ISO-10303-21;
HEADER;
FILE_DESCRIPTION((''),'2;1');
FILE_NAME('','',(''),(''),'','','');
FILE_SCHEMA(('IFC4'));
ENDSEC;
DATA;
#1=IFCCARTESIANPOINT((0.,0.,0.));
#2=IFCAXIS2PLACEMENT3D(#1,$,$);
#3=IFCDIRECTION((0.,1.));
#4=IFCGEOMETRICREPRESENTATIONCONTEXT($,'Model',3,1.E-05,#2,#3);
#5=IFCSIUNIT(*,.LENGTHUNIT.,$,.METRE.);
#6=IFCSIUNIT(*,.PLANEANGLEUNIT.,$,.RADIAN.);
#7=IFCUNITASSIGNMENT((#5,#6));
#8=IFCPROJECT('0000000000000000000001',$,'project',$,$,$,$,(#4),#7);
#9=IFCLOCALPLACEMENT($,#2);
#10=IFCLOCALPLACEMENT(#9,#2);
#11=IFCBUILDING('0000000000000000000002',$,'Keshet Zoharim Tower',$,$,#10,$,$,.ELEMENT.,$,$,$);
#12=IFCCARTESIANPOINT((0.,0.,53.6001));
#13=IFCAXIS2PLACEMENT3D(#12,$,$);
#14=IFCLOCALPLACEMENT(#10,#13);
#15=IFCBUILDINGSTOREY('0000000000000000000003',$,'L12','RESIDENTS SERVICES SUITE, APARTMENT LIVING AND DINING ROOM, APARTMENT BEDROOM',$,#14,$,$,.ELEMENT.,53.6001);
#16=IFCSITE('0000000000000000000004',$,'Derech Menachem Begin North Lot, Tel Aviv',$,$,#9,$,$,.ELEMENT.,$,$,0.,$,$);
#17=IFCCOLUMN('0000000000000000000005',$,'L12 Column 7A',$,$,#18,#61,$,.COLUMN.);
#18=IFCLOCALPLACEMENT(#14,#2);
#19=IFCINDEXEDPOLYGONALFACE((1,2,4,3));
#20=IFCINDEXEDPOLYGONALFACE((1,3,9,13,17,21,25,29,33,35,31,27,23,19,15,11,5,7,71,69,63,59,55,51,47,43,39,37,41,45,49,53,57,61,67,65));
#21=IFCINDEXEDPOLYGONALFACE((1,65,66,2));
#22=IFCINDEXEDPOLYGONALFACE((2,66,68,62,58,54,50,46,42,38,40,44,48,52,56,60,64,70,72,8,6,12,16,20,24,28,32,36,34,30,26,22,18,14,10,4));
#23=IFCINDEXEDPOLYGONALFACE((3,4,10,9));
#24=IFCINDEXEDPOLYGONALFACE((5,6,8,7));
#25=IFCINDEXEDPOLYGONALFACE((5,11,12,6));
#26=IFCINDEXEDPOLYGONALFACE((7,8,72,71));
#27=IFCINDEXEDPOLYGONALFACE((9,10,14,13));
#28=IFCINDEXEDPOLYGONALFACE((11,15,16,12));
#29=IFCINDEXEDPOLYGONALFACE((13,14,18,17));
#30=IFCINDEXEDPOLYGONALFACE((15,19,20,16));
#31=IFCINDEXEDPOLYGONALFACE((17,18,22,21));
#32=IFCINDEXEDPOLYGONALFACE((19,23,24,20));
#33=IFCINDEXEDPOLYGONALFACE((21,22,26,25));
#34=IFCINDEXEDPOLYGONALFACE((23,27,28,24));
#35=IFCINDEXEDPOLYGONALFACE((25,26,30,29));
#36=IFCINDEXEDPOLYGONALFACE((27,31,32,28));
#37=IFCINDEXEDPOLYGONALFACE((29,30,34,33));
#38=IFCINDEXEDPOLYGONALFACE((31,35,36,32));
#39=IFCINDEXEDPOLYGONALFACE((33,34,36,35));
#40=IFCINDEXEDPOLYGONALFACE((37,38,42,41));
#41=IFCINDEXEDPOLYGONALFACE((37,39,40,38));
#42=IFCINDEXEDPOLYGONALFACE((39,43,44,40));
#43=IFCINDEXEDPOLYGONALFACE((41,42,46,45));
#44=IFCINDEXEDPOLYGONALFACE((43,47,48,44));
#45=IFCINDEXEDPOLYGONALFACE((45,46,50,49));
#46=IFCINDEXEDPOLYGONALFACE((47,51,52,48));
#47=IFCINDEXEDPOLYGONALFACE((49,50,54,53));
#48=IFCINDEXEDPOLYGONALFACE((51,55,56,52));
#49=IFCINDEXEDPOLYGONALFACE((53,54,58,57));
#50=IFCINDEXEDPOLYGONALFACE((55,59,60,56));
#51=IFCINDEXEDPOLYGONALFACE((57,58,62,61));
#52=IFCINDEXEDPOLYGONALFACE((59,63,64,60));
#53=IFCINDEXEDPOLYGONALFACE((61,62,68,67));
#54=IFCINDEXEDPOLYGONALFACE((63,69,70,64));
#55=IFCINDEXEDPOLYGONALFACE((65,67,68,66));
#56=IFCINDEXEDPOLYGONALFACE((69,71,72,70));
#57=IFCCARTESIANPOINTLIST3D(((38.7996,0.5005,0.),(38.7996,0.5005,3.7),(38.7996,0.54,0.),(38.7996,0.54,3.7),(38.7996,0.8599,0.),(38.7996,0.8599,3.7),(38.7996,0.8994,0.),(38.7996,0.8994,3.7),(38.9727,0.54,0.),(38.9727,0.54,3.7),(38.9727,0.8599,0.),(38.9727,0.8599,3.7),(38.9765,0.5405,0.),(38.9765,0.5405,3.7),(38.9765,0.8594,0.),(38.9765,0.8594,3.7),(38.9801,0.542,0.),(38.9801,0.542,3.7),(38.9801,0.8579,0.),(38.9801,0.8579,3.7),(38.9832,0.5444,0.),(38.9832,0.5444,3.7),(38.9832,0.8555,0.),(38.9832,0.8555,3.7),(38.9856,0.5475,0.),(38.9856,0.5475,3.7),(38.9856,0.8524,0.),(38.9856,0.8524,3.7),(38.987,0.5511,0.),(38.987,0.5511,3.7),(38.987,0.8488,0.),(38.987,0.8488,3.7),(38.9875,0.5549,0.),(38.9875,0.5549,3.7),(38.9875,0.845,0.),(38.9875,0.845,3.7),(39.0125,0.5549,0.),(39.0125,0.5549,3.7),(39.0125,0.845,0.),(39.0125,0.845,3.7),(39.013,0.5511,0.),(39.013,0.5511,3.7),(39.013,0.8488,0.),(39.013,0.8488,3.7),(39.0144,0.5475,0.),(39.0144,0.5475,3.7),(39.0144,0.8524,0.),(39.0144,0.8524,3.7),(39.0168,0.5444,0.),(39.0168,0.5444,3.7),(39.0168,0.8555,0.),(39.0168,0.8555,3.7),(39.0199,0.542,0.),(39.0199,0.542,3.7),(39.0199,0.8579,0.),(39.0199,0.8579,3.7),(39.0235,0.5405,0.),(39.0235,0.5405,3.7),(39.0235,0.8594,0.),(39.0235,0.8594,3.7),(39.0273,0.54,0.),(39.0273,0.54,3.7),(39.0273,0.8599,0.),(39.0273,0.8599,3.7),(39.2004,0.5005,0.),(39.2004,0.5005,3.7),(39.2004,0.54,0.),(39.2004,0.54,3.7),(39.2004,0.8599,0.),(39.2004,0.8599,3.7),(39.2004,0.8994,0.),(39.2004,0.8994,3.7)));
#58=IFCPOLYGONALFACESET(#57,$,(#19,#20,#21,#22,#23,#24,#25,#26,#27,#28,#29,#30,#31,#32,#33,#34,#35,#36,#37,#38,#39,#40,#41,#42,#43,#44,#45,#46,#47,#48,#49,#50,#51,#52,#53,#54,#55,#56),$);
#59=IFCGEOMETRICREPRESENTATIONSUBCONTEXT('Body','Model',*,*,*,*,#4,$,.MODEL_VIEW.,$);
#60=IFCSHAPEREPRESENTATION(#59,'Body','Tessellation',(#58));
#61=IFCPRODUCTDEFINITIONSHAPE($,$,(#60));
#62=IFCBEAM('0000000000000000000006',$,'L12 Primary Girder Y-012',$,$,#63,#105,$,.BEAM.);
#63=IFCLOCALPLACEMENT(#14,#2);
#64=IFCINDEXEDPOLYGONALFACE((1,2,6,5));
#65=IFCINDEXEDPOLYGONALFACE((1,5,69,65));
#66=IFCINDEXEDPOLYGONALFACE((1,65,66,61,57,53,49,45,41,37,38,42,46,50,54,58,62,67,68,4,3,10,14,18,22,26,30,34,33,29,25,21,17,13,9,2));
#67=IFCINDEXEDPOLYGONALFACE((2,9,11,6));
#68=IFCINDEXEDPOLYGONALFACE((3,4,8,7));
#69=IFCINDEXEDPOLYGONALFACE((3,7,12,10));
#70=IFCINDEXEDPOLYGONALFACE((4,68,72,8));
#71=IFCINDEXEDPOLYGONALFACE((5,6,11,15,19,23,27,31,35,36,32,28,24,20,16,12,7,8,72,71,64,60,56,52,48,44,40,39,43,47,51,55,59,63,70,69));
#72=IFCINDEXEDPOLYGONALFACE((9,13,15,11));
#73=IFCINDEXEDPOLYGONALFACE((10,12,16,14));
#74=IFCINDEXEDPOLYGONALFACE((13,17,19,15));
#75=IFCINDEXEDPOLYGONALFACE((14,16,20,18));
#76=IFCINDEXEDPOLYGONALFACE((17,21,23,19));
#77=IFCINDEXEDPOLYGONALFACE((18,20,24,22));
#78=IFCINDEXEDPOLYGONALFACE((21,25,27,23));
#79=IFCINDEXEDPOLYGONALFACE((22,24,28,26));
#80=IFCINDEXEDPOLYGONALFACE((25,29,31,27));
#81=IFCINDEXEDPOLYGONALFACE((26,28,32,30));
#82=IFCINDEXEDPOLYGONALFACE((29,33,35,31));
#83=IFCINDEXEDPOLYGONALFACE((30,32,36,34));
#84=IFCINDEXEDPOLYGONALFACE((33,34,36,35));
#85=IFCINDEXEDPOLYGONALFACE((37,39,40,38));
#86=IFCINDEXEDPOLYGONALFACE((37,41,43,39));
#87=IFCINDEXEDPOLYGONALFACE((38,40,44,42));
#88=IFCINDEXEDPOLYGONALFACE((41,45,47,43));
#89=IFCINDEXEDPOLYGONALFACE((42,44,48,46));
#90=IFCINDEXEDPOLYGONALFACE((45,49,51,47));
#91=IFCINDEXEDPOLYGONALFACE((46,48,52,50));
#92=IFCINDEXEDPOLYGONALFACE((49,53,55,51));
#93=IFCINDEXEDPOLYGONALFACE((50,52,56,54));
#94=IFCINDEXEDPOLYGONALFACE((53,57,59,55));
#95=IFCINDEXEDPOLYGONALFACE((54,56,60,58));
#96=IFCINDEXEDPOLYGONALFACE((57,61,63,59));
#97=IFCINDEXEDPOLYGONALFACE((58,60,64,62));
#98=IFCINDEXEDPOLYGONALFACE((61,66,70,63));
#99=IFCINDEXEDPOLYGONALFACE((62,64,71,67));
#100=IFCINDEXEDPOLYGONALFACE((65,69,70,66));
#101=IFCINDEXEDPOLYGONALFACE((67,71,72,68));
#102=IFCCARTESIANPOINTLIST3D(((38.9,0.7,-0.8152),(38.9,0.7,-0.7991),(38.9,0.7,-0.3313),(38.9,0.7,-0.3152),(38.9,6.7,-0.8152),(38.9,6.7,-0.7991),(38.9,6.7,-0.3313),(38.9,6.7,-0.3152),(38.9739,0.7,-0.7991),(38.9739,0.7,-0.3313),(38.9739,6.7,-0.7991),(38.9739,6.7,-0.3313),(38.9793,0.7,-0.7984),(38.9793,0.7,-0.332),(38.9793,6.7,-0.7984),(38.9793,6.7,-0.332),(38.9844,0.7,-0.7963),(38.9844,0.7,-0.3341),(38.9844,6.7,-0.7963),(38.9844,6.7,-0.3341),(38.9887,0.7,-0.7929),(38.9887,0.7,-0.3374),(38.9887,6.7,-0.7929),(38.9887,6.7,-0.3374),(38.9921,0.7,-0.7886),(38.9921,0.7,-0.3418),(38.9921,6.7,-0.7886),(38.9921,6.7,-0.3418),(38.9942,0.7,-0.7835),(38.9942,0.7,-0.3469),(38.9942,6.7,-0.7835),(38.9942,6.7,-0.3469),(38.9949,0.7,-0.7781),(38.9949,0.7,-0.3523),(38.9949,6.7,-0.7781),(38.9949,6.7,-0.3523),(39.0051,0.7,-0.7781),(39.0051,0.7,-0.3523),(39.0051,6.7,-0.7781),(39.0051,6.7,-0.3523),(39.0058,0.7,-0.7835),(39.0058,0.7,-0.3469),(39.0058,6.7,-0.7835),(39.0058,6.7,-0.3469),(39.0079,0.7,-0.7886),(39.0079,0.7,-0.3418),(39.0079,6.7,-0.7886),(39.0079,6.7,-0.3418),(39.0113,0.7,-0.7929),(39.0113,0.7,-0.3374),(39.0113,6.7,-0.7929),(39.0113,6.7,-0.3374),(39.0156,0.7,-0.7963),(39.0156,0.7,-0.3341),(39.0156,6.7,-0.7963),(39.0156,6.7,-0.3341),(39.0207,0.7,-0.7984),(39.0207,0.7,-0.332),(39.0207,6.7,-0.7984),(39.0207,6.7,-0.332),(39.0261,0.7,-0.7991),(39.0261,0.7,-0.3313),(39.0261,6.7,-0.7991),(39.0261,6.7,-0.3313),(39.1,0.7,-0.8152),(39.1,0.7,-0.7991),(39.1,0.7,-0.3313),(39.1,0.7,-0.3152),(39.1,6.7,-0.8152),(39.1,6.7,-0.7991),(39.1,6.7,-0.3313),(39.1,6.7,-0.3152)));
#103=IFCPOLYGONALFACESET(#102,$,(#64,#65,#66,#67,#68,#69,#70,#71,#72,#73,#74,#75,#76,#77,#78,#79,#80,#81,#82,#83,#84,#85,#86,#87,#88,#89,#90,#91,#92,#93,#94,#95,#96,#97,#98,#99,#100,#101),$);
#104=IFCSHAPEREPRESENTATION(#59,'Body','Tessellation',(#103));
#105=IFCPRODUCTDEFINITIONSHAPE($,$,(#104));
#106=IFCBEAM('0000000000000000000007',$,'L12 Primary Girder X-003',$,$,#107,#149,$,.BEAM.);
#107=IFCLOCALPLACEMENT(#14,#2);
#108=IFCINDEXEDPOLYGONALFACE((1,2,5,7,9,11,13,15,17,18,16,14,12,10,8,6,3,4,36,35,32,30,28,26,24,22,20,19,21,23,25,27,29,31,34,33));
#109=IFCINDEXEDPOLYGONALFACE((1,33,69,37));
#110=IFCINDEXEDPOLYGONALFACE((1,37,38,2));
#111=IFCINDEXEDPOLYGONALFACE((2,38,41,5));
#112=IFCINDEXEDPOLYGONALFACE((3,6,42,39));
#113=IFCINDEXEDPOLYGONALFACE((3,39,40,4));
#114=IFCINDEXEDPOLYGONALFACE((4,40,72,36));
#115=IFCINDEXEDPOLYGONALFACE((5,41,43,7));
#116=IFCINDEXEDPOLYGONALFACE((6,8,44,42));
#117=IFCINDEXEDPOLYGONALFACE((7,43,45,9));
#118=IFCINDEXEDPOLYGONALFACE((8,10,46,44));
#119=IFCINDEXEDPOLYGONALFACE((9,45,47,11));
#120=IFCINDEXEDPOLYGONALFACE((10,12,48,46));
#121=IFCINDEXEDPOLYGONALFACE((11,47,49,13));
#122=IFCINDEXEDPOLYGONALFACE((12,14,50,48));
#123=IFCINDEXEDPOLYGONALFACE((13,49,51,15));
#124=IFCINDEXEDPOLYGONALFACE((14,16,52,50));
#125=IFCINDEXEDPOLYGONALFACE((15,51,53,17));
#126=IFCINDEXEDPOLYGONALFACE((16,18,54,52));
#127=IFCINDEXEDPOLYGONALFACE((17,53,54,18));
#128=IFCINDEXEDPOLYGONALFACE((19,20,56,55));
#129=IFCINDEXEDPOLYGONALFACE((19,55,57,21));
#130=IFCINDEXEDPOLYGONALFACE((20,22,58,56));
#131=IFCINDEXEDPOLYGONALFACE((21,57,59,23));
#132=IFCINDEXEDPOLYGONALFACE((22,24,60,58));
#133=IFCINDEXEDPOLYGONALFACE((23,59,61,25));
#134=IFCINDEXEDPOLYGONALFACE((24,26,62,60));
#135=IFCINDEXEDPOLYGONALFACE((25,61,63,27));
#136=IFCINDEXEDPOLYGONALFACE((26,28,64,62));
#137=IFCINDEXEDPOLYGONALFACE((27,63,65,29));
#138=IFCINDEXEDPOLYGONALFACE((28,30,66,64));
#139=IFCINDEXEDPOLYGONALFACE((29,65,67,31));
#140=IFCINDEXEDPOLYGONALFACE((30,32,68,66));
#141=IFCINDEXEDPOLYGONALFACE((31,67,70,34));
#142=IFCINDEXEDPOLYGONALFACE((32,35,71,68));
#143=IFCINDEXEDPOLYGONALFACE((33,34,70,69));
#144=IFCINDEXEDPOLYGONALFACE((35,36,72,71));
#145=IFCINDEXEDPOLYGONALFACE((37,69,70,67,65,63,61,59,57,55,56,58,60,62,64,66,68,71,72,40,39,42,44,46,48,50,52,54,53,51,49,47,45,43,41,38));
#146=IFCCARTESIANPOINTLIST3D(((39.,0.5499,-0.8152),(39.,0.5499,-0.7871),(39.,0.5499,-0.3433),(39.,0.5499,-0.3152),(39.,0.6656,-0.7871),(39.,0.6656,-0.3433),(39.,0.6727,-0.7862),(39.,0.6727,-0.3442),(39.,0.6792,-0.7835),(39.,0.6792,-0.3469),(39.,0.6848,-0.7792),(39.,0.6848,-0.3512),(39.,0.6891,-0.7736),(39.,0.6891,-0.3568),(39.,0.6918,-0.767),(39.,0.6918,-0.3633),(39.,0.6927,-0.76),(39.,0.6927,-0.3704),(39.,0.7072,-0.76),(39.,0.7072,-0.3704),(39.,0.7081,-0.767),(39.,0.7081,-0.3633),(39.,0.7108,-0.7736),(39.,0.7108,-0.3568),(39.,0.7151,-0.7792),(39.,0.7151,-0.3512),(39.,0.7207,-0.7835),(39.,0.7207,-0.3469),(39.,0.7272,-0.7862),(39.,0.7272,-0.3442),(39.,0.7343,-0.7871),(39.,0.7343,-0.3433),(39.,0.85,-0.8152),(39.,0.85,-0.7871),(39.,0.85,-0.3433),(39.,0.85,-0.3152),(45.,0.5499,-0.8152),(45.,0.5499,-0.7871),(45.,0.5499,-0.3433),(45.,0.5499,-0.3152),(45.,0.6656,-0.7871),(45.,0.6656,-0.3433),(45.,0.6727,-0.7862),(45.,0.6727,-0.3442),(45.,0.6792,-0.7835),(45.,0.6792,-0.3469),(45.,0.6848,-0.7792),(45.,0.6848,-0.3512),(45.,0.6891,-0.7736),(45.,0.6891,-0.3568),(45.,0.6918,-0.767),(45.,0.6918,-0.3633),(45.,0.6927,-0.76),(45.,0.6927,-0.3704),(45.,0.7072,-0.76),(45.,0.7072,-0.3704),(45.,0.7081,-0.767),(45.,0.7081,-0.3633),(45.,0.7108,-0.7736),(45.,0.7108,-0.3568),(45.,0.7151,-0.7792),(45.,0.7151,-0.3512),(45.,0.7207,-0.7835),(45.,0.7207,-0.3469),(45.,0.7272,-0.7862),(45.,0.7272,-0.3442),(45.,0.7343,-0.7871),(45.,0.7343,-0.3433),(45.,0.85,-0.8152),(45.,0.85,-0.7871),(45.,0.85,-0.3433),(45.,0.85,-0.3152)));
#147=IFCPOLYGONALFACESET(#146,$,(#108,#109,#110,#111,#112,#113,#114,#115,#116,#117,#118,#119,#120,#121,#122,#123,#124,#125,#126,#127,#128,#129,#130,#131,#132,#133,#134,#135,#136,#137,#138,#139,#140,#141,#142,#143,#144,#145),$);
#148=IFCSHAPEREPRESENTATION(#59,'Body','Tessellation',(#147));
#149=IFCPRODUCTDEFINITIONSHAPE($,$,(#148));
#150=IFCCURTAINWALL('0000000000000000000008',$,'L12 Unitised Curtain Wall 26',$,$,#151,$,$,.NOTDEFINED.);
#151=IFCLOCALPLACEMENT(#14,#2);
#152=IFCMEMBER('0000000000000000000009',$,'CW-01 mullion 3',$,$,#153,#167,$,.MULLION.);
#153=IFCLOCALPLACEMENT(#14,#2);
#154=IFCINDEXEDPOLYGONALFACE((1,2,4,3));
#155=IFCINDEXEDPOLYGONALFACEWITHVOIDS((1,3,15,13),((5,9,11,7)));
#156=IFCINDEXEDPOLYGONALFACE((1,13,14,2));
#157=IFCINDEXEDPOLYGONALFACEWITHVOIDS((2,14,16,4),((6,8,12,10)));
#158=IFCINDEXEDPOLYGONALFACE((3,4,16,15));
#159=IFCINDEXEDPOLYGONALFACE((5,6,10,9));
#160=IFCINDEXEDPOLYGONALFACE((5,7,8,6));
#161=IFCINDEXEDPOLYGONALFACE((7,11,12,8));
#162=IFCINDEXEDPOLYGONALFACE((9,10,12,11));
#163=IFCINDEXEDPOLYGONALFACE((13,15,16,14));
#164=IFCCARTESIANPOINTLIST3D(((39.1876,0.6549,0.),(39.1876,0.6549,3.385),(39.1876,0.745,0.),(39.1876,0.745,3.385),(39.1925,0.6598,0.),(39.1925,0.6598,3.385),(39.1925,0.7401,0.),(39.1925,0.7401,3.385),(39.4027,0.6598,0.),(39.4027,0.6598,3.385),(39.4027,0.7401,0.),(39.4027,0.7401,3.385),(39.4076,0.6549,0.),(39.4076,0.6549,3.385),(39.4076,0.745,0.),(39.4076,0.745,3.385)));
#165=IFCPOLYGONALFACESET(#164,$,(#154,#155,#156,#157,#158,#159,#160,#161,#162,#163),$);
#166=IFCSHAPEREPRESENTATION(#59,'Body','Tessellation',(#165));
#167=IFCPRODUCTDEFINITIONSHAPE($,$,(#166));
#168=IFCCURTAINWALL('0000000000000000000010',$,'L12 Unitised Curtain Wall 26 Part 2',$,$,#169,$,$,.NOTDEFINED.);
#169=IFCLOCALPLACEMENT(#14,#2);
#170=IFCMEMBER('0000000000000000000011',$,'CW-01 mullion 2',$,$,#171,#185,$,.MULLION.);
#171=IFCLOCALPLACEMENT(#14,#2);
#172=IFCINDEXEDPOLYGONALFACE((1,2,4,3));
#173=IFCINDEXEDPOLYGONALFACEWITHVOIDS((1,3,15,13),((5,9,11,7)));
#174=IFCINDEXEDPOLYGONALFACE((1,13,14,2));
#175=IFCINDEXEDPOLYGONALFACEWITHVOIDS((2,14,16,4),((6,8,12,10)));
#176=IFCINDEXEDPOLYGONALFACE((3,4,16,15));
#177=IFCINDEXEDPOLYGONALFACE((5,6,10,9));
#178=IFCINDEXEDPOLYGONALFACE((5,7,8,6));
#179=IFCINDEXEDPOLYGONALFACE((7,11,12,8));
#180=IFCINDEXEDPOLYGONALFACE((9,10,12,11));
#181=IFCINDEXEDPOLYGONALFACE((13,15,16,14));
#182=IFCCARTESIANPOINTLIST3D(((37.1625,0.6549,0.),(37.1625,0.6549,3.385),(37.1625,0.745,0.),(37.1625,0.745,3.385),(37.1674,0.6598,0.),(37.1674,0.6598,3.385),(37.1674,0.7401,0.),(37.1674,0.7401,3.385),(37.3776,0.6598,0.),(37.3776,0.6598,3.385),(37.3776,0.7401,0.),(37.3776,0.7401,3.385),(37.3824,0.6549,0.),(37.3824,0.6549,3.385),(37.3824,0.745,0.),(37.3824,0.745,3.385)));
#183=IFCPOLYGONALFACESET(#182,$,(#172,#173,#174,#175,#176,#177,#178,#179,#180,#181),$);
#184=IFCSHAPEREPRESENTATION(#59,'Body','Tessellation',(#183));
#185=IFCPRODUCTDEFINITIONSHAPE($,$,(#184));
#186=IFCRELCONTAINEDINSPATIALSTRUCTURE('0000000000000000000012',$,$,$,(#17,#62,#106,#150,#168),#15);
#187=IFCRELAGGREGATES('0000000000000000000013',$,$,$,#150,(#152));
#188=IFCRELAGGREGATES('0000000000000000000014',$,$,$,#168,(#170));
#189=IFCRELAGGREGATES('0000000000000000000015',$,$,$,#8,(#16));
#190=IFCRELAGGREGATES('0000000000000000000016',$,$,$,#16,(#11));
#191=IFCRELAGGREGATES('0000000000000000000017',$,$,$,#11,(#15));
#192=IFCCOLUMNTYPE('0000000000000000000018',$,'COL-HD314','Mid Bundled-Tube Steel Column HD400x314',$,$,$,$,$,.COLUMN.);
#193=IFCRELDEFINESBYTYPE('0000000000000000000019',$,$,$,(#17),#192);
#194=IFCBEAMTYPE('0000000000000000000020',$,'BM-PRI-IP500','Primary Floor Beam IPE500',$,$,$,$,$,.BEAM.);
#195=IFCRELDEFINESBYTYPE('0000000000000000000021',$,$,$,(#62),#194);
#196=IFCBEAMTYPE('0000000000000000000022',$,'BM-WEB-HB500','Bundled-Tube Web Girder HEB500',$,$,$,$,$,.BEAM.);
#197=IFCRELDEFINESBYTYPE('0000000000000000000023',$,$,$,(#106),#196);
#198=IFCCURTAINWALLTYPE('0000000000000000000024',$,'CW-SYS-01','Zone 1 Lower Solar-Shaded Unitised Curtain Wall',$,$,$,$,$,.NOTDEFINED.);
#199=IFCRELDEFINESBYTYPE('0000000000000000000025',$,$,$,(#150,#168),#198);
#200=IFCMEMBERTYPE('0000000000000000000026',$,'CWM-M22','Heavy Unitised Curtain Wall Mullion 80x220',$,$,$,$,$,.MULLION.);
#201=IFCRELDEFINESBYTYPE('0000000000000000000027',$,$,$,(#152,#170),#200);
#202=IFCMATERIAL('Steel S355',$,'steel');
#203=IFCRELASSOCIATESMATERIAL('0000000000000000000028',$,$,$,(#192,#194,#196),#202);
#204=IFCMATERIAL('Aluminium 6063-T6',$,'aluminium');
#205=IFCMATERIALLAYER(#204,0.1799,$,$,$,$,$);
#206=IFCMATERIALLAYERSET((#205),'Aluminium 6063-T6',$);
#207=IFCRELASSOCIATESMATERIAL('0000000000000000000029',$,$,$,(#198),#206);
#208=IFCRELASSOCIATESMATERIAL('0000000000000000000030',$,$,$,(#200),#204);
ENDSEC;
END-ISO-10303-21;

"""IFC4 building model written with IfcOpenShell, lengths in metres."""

from ifc_helpers import new_model, si_unit, direction, frame, origin, origin_2d, place, context, subcontext, project, spatial, hollow_rectangle, i_section, extrude, material, layer, layer_set, material_profile, profile_set, type_object, element, aggregate, save


model = new_model("IFC4")

# Units and contexts
model_context = context("Model", 3, precision=1e-05, world=origin(), true_north=direction((0.0, 1.0)))
body_context = subcontext(model_context, "Body", "Model", "MODEL_VIEW")
ifc_project = project(units=[si_unit("LENGTHUNIT", "METRE"), si_unit("PLANEANGLEUNIT", "RADIAN")], contexts=[model_context])

# Site, building, storey
site_placement = place(None, origin())
site = spatial("IfcSite", under=ifc_project, at=site_placement, Name="Derech Menachem Begin North Lot, Tel Aviv", CompositionType="ELEMENT", RefElevation=0.0)
building_placement = place(site_placement, origin())
building = spatial("IfcBuilding", under=site, at=building_placement, Name="Keshet Zoharim Tower", CompositionType="ELEMENT")
storey_placement = place(building_placement, frame((0.0, 0.0, 53.6001)))
storey = spatial("IfcBuildingStorey", under=building, at=storey_placement, Name="L12", Description="RESIDENTS SERVICES SUITE, APARTMENT LIVING AND DINING ROOM, APARTMENT BEDROOM", CompositionType="ELEMENT", Elevation=53.6001)

# Column
ifc_material_1 = material(Name="Steel S355", Category="steel")
ifc_material_profile_1 = material_profile(ifc_material_1, i_section(OverallWidth=0.4009, OverallDepth=0.3989, WebThickness=0.0249, FlangeThickness=0.0396, FilletRadius=0.0149, at=origin_2d()), Name="HD400x314")
ifc_profile_set_1 = profile_set([ifc_material_profile_1], Name="Steel S355")
column_type = type_object("IfcColumnType", Name="COL-HD314", Description="Mid Bundled-Tube Steel Column HD400x314", PredefinedType="COLUMN", material=ifc_profile_set_1)
column_placement = place(storey_placement, frame((39.0, 0.7, 0.0), z_axis=(0.0, 0.0, 1.0), x_axis=(1.0, 0.0, 0.0)))
element("IfcColumn", 1, at=column_placement, inside=storey, type_object=column_type, Name="L12 Column 7A", PredefinedType="COLUMN", context=body_context, shape_type="SweptSolid", body=[
    extrude(i_section(OverallWidth=0.4009, OverallDepth=0.3989, WebThickness=0.0249, FlangeThickness=0.0396, FilletRadius=0.0149, at=origin_2d()), origin(), (0.0, 0.0, 1.0), 3.7),
])

# Beams
ifc_material_profile_2 = material_profile(ifc_material_1, i_section(OverallWidth=0.2, OverallDepth=0.5, WebThickness=0.0103, FlangeThickness=0.0161, FilletRadius=0.021, at=origin_2d()), Name="IPE500")
ifc_profile_set_2 = profile_set([ifc_material_profile_2], Name="Steel S355")
beam_type_1 = type_object("IfcBeamType", Name="BM-PRI-IP500", Description="Primary Floor Beam IPE500", PredefinedType="BEAM", material=ifc_profile_set_2)
beam_1_placement = place(storey_placement, frame((39.0, 0.7, -0.5652), z_axis=(0.0, 1.0, 0.0), x_axis=(-1.0, 0.0, 0.0)))
element("IfcBeam", 2, at=beam_1_placement, inside=storey, type_object=beam_type_1, Name="L12 Primary Girder Y-012", PredefinedType="BEAM", context=body_context, shape_type="SweptSolid", body=[
    extrude(i_section(OverallWidth=0.2, OverallDepth=0.5, WebThickness=0.0103, FlangeThickness=0.0161, FilletRadius=0.021, at=origin_2d()), origin(), (0.0, 0.0, 1.0), 6.0),
])
ifc_material_profile_3 = material_profile(ifc_material_1, i_section(OverallWidth=0.3, OverallDepth=0.5, WebThickness=0.0144, FlangeThickness=0.0281, FilletRadius=0.0271, at=origin_2d()), Name="HEB500")
ifc_profile_set_3 = profile_set([ifc_material_profile_3], Name="Steel S355")
beam_type_2 = type_object("IfcBeamType", Name="BM-WEB-HB500", Description="Bundled-Tube Web Girder HEB500", PredefinedType="BEAM", material=ifc_profile_set_3)
beam_2_placement = place(storey_placement, frame((39.0, 0.7, -0.5652), z_axis=(1.0, 0.0, 0.0), x_axis=(0.0, 1.0, 0.0)))
element("IfcBeam", 3, at=beam_2_placement, inside=storey, type_object=beam_type_2, Name="L12 Primary Girder X-003", PredefinedType="BEAM", context=body_context, shape_type="SweptSolid", body=[
    extrude(i_section(OverallWidth=0.3, OverallDepth=0.5, WebThickness=0.0144, FlangeThickness=0.0281, FilletRadius=0.0271, at=origin_2d()), origin(), (0.0, 0.0, 1.0), 6.0),
])

# Curtain walls, members
ifc_material_2 = material(Name="Aluminium 6063-T6", Category="aluminium")
ifc_layer_1 = layer(ifc_material_2, 0.1799)
ifc_layer_set_1 = layer_set([ifc_layer_1], Name="Aluminium 6063-T6")
curtain_wall_type = type_object("IfcCurtainWallType", Name="CW-SYS-01", Description="Zone 1 Lower Solar-Shaded Unitised Curtain Wall", PredefinedType="NOTDEFINED", material=ifc_layer_set_1)
curtain_wall_1_placement = place(storey_placement, origin())
curtain_wall_1 = element("IfcCurtainWall", 4, at=curtain_wall_1_placement, inside=storey, type_object=curtain_wall_type, Name="L12 Unitised Curtain Wall 26", PredefinedType="NOTDEFINED")
ifc_material_profile_4 = material_profile(ifc_material_2, hollow_rectangle(XDim=0.0901, YDim=0.22, WallThickness=0.0049, at=origin_2d()), Name="MUL-90x220")
ifc_profile_set_4 = profile_set([ifc_material_profile_4], Name="Aluminium 6063-T6")
member_type_1 = type_object("IfcMemberType", Name="CWM-M22", Description="Heavy Unitised Curtain Wall Mullion 80x220", PredefinedType="MULLION", material=ifc_profile_set_4)
member_1_placement = place(storey_placement, frame((39.2976, 0.7, 0.0), z_axis=(0.0, 0.0, 1.0), x_axis=(0.0, -1.0, 0.0)))
member_1 = element("IfcMember", 5, at=member_1_placement, type_object=member_type_1, Name="CW-01 mullion 3", PredefinedType="MULLION", context=body_context, shape_type="SweptSolid", body=[
    extrude(hollow_rectangle(XDim=0.0901, YDim=0.22, WallThickness=0.0049, at=origin_2d()), origin(), (0.0, 0.0, 1.0), 3.385),
])
curtain_wall_2_placement = place(storey_placement, origin())
curtain_wall_2 = element("IfcCurtainWall", 6, at=curtain_wall_2_placement, inside=storey, type_object=curtain_wall_type, Name="L12 Unitised Curtain Wall 26 Part 2", PredefinedType="NOTDEFINED")
member_2_placement = place(storey_placement, frame((37.2725, 0.7, 0.0), z_axis=(0.0, 0.0, 1.0), x_axis=(0.0, -1.0, 0.0)))
member_2 = element("IfcMember", 7, at=member_2_placement, type_object=member_type_1, Name="CW-01 mullion 2", PredefinedType="MULLION", context=body_context, shape_type="SweptSolid", body=[
    extrude(hollow_rectangle(XDim=0.0901, YDim=0.22, WallThickness=0.0049, at=origin_2d()), origin(), (0.0, 0.0, 1.0), 3.385),
])

aggregate(curtain_wall_1, [member_1])
aggregate(curtain_wall_2, [member_2])

save(model, "model.ifc")
